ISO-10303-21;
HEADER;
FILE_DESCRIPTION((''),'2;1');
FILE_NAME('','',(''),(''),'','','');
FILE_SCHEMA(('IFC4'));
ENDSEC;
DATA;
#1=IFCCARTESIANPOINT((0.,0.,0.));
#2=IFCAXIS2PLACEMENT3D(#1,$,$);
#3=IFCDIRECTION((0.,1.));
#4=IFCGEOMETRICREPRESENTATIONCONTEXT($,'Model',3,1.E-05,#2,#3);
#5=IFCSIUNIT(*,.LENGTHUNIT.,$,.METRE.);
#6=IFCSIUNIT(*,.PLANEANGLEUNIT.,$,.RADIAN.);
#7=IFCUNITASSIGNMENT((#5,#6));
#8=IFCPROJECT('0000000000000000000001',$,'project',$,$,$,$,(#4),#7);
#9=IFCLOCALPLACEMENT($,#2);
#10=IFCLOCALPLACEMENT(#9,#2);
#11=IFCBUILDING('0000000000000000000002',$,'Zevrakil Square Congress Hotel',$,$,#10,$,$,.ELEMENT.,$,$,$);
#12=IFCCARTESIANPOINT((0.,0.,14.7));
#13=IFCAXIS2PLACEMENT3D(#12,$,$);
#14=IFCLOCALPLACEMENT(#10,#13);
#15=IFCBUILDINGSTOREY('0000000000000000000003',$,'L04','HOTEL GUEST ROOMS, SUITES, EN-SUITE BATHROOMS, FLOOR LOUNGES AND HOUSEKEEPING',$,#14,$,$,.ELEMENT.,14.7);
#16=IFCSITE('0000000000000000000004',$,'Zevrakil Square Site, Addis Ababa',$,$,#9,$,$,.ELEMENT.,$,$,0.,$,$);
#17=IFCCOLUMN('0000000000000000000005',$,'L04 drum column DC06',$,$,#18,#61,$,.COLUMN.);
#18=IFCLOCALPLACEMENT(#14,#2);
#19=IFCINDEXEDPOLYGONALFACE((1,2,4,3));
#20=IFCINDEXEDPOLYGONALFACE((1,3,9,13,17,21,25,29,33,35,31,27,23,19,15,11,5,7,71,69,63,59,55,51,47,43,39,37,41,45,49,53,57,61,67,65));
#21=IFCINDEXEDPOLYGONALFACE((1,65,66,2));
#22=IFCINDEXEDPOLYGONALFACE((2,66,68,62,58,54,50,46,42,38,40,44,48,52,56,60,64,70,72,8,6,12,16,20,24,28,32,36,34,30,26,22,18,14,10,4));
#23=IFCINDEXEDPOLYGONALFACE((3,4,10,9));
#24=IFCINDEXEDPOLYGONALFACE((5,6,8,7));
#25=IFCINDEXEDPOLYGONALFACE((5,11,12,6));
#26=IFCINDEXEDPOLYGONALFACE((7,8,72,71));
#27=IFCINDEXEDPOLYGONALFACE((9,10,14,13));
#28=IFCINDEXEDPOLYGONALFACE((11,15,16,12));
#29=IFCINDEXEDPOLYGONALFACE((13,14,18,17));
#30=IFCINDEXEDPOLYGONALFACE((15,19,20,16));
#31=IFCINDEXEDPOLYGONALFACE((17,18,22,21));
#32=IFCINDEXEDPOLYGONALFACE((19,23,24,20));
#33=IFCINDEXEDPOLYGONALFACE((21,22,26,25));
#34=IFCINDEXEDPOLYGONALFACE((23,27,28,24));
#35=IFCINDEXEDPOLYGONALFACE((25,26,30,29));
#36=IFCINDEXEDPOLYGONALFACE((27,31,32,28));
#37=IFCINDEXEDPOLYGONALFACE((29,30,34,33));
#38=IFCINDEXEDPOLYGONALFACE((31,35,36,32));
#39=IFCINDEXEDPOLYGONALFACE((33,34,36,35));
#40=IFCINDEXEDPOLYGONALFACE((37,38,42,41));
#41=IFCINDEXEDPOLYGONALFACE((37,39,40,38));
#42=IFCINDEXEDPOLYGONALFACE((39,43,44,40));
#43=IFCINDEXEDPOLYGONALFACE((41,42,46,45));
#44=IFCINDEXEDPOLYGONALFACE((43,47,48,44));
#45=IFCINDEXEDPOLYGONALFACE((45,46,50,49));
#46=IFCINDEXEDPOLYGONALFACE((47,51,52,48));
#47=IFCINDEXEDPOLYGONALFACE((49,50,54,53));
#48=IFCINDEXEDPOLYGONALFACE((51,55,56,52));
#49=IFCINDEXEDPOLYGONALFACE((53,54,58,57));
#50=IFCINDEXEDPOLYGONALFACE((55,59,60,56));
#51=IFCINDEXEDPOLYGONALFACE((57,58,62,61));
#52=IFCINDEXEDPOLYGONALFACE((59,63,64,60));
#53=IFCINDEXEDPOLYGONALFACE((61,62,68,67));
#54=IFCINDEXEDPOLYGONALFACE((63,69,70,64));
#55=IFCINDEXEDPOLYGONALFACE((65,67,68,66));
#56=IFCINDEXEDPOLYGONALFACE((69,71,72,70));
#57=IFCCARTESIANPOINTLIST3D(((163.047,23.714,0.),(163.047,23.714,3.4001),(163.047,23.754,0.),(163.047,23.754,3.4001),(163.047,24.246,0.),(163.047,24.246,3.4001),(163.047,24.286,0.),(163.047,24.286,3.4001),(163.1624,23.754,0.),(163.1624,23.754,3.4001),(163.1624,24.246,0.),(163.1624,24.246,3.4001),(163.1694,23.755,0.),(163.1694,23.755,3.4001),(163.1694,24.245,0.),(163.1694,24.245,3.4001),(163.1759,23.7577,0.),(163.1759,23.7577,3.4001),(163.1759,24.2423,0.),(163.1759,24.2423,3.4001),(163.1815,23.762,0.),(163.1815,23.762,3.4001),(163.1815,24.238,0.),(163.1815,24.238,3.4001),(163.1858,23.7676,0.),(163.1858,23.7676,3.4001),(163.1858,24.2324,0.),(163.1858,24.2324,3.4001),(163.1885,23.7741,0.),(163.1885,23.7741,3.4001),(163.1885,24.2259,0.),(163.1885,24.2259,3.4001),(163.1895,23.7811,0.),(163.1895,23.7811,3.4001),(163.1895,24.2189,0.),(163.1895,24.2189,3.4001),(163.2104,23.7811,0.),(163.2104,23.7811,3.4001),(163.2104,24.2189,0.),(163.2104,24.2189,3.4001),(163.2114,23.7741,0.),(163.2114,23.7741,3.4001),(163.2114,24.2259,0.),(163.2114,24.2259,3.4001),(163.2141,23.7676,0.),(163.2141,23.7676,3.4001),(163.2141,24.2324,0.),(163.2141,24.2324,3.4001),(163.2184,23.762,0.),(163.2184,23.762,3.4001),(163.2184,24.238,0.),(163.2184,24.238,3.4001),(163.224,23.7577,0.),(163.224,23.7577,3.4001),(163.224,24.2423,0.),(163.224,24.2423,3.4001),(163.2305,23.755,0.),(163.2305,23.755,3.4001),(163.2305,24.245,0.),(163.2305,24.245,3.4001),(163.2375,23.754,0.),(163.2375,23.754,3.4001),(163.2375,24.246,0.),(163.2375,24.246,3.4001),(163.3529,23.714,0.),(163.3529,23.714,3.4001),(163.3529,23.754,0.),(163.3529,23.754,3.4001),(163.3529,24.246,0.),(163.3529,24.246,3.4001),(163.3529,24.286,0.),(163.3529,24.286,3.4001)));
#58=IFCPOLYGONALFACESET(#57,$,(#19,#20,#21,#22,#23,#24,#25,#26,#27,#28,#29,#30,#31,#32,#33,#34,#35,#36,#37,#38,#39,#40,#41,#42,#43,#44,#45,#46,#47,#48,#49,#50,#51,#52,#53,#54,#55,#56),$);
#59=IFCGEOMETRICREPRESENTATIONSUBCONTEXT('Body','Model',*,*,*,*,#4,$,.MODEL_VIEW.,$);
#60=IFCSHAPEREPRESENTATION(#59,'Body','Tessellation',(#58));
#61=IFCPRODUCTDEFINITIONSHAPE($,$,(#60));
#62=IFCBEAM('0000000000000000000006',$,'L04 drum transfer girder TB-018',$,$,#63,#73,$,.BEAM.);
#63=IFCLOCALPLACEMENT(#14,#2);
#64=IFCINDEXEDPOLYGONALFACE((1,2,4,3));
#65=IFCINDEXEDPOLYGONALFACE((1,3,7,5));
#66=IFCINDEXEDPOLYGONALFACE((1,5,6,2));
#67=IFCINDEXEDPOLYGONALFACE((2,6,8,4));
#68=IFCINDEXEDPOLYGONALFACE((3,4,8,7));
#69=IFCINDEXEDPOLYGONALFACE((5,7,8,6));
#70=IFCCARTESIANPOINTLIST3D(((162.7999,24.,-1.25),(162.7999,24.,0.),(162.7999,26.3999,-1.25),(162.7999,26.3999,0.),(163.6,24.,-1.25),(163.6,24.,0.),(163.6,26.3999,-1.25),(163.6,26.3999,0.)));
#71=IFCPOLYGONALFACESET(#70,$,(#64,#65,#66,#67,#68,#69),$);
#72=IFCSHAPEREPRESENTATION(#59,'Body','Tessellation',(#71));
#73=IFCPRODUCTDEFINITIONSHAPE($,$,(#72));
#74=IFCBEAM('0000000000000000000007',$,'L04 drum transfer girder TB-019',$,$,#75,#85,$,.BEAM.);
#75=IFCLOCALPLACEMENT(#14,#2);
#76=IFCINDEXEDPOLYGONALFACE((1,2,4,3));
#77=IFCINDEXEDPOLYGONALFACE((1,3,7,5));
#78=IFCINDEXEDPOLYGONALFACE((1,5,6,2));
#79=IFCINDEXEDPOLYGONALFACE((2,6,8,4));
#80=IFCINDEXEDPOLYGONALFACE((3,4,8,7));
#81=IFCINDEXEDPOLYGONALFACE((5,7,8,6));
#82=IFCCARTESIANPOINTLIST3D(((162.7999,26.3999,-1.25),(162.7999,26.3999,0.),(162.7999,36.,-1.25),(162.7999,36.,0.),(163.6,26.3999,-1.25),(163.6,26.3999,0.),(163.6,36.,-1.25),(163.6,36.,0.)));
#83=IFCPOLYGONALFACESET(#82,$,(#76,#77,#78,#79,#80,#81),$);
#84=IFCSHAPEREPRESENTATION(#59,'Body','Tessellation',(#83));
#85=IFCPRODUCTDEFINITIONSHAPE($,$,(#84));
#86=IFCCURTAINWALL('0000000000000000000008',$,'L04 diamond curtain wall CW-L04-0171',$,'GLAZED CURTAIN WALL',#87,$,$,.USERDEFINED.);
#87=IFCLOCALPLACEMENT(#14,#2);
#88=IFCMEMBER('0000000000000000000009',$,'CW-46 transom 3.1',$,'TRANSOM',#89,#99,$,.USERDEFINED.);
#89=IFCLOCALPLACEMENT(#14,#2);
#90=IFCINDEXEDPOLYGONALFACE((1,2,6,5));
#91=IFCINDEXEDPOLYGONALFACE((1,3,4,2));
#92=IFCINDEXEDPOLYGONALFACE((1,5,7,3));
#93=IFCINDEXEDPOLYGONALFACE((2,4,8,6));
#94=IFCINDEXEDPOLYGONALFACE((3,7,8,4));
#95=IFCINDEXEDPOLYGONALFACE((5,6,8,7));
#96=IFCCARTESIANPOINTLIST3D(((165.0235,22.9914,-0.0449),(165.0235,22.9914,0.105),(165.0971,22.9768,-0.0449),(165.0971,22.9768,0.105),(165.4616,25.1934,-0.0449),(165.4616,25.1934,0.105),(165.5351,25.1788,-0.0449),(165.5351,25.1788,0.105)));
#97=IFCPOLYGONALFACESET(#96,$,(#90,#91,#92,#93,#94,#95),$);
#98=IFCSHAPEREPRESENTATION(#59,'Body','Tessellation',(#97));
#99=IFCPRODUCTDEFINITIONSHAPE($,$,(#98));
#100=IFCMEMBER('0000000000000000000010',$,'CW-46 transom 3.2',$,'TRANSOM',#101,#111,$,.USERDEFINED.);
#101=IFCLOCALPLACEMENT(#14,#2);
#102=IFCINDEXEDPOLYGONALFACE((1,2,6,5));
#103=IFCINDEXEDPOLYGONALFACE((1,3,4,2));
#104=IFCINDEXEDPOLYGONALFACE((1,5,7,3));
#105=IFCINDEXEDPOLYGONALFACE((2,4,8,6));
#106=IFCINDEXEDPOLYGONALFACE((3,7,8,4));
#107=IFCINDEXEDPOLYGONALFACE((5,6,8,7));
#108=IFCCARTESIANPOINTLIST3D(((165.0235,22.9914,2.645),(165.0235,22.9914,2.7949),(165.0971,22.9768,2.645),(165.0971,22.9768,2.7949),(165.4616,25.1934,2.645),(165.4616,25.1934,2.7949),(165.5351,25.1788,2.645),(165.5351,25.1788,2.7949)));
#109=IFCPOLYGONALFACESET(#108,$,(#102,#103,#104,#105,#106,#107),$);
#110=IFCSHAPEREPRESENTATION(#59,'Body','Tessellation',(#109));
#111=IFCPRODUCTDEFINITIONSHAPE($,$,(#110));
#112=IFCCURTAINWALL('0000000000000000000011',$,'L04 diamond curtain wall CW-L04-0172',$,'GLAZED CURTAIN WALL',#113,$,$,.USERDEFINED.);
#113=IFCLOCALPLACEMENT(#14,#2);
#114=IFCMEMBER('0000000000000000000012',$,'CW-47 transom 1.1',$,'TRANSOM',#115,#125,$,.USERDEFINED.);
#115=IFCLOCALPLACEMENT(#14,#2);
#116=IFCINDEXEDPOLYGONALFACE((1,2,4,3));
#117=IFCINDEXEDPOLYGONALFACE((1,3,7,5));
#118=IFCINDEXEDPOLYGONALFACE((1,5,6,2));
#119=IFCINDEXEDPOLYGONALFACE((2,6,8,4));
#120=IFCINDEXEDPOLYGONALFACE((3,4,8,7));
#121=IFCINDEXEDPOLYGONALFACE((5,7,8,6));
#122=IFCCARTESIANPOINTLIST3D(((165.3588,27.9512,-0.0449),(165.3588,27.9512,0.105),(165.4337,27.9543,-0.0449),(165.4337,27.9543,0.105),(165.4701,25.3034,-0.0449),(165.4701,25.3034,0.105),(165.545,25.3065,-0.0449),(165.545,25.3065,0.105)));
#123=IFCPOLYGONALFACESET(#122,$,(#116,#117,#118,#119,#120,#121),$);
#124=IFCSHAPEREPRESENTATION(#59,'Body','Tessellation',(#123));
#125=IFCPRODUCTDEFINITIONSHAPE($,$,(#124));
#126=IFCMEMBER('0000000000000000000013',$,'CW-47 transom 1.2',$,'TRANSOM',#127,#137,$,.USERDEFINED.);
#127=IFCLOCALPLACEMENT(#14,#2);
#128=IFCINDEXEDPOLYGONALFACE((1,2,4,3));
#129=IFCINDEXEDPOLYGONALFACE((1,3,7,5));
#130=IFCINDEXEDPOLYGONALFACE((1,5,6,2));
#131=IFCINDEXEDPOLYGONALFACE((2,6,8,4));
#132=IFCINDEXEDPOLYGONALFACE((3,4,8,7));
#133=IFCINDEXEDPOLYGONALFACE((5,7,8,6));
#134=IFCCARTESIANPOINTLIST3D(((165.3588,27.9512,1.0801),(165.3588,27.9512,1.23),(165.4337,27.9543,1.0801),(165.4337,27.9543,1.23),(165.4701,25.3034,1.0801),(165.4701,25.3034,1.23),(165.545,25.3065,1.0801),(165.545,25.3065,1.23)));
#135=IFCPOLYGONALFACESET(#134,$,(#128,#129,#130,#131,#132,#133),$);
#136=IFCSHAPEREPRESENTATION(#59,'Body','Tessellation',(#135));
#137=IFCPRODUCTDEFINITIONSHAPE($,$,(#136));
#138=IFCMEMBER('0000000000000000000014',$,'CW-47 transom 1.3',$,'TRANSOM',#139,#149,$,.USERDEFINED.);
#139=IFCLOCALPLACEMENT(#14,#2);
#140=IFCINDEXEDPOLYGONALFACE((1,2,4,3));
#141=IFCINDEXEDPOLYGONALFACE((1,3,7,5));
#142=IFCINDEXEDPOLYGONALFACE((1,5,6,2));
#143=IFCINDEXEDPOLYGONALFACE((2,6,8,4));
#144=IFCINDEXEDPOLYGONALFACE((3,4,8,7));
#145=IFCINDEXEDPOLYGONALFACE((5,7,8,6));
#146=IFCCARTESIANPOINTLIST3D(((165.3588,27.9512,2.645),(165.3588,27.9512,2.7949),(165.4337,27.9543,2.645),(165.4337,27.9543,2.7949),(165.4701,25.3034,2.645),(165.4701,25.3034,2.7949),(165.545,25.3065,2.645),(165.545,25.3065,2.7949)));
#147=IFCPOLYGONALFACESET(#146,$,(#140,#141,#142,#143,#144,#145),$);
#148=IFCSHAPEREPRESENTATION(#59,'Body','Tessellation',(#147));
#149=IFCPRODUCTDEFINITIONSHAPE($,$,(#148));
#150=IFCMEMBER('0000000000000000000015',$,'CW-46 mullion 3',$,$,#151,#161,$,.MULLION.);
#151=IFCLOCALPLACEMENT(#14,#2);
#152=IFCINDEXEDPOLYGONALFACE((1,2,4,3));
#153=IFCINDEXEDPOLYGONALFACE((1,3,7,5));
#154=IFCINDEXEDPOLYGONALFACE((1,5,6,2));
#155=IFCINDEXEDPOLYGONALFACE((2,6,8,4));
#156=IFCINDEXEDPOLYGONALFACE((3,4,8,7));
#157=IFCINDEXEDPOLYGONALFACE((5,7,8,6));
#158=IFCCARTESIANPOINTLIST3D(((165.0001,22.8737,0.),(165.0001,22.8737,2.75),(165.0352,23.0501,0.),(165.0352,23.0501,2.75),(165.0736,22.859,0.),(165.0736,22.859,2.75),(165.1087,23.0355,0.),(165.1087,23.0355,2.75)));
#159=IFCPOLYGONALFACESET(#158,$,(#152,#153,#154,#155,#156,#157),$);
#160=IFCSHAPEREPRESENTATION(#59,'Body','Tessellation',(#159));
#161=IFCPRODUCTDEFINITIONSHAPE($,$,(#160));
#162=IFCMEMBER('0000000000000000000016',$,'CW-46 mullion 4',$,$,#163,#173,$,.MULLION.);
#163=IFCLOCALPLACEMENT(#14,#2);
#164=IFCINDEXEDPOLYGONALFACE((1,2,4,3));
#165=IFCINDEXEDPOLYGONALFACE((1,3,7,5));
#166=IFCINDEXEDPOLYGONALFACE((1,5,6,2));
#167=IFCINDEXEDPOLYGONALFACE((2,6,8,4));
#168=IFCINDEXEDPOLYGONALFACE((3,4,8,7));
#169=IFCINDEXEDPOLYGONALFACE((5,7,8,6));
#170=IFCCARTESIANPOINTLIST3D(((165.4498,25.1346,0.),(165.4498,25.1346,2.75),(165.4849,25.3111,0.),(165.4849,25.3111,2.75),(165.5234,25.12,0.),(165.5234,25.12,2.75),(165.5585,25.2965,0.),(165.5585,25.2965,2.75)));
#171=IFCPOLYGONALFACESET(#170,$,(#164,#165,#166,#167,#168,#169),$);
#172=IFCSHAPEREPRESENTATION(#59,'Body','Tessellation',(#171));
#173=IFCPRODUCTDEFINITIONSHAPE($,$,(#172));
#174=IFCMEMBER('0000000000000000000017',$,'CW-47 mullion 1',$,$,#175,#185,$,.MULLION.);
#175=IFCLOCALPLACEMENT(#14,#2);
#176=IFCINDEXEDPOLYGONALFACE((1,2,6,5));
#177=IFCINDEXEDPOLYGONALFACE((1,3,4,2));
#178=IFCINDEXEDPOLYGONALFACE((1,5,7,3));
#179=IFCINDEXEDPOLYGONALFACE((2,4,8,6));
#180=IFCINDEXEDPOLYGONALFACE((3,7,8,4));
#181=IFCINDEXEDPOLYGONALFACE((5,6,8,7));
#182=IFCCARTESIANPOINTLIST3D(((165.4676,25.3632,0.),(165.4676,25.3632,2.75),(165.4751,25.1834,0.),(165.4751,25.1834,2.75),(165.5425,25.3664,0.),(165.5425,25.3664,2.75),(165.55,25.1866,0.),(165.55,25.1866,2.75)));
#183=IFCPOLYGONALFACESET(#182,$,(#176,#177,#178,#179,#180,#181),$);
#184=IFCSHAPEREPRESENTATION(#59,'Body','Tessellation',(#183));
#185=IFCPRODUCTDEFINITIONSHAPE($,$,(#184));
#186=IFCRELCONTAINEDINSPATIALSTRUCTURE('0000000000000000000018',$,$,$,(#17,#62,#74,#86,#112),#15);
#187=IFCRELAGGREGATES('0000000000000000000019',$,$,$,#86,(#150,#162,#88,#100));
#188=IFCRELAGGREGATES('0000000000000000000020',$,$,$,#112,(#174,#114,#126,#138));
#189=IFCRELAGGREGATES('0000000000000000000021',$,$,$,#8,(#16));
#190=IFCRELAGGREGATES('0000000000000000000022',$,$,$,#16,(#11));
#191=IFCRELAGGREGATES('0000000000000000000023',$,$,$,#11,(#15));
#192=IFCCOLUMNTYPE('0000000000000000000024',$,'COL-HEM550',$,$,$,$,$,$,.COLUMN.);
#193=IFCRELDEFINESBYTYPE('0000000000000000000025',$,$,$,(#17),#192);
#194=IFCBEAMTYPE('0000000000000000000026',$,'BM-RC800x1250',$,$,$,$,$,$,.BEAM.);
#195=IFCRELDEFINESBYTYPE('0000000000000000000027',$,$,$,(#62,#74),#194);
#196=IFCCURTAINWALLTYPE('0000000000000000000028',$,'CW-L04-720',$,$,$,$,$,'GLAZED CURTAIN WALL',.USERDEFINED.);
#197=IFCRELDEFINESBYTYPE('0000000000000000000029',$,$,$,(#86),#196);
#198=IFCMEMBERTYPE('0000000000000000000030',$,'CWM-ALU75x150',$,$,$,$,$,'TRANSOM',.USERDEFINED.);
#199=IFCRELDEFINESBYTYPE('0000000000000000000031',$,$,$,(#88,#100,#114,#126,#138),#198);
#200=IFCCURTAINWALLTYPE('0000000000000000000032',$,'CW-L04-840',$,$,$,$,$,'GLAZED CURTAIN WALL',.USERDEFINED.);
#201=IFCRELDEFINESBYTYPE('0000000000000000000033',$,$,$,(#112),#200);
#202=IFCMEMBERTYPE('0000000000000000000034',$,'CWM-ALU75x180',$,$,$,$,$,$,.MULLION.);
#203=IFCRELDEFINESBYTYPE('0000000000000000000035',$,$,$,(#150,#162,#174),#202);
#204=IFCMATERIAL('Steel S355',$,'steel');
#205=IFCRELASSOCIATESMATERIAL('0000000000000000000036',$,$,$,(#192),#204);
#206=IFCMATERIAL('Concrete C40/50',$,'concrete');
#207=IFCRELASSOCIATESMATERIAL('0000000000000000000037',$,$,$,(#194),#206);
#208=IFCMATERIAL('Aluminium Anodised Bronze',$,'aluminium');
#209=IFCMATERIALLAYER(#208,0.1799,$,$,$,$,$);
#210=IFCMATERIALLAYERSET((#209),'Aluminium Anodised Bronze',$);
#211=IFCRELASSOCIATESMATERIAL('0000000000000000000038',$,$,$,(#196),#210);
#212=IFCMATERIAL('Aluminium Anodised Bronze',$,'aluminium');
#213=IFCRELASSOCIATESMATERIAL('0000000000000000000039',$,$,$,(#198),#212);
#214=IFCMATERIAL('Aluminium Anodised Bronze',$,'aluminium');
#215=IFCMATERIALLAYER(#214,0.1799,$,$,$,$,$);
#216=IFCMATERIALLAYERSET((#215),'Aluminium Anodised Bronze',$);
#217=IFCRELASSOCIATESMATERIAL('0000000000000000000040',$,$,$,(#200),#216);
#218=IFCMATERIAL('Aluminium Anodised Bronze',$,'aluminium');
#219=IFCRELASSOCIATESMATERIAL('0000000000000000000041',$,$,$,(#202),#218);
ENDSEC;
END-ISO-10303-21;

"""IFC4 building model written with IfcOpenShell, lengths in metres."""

from ifc_helpers import new_model, si_unit, direction, frame, origin, origin_2d, place, context, subcontext, project, spatial, rectangle, i_section, extrude, material, layer, layer_set, material_profile, profile_set, type_object, element, aggregate, save


model = new_model("IFC4")

# Units and contexts
model_context = context("Model", 3, precision=1e-05, world=origin(), true_north=direction((0.0, 1.0)))
body_context = subcontext(model_context, "Body", "Model", "MODEL_VIEW")
ifc_project = project(units=[si_unit("LENGTHUNIT", "METRE"), si_unit("PLANEANGLEUNIT", "RADIAN")], contexts=[model_context])

# Site, building, storey
site_placement = place(None, origin())
site = spatial("IfcSite", under=ifc_project, at=site_placement, Name="Zevrakil Square Site, Addis Ababa", CompositionType="ELEMENT", RefElevation=0.0)
building_placement = place(site_placement, origin())
building = spatial("IfcBuilding", under=site, at=building_placement, Name="Zevrakil Square Congress Hotel", CompositionType="ELEMENT")
storey_placement = place(building_placement, frame((0.0, 0.0, 14.7)))
storey = spatial("IfcBuildingStorey", under=building, at=storey_placement, Name="L04", Description="HOTEL GUEST ROOMS, SUITES, EN-SUITE BATHROOMS, FLOOR LOUNGES AND HOUSEKEEPING", CompositionType="ELEMENT", Elevation=14.7)

# Column
ifc_material_1 = material(Name="Steel S355", Category="steel")
ifc_material_profile_1 = material_profile(ifc_material_1, i_section(OverallWidth=0.3059, OverallDepth=0.572, WebThickness=0.021, FlangeThickness=0.04, FilletRadius=0.0271, at=origin_2d()), Name="HEM 550")
ifc_profile_set_1 = profile_set([ifc_material_profile_1], Name="Steel S355")
column_type = type_object("IfcColumnType", Name="COL-HEM550", PredefinedType="COLUMN", material=ifc_profile_set_1)
column_placement = place(storey_placement, frame((163.2, 24.0, 0.0), z_axis=(0.0, 0.0, 1.0), x_axis=(1.0, 0.0, 0.0)))
element("IfcColumn", 1, at=column_placement, inside=storey, type_object=column_type, Name="L04 drum column DC06", PredefinedType="COLUMN", context=body_context, shape_type="SweptSolid", body=[
    extrude(i_section(OverallWidth=0.3059, OverallDepth=0.572, WebThickness=0.021, FlangeThickness=0.04, FilletRadius=0.0271, at=origin_2d()), origin(), (0.0, 0.0, 1.0), 3.4001),
])

# Beams
ifc_material_2 = material(Name="Concrete C40/50", Category="concrete")
ifc_material_profile_2 = material_profile(ifc_material_2, rectangle(XDim=0.8, YDim=1.25, at=origin_2d()), Name="RC 800x1250")
ifc_profile_set_2 = profile_set([ifc_material_profile_2], Name="Concrete C40/50")
beam_type = type_object("IfcBeamType", Name="BM-RC800x1250", PredefinedType="BEAM", material=ifc_profile_set_2)
beam_1_placement = place(storey_placement, frame((163.2, 24.0, -0.625), z_axis=(0.0, 1.0, 0.0), x_axis=(-1.0, 0.0, 0.0)))
element("IfcBeam", 2, at=beam_1_placement, inside=storey, type_object=beam_type, Name="L04 drum transfer girder TB-018", PredefinedType="BEAM", context=body_context, shape_type="SweptSolid", body=[
    extrude(rectangle(XDim=0.8, YDim=1.25, at=origin_2d()), origin(), (0.0, 0.0, 1.0), 2.3999),
])
beam_2_placement = place(storey_placement, frame((163.2, 26.3999, -0.625), z_axis=(0.0, 1.0, 0.0), x_axis=(-1.0, 0.0, 0.0)))
element("IfcBeam", 3, at=beam_2_placement, inside=storey, type_object=beam_type, Name="L04 drum transfer girder TB-019", PredefinedType="BEAM", context=body_context, shape_type="SweptSolid", body=[
    extrude(rectangle(XDim=0.8, YDim=1.25, at=origin_2d()), origin(), (0.0, 0.0, 1.0), 9.6001),
])

# Curtain walls, members
ifc_material_3 = material(Name="Aluminium Anodised Bronze", Category="aluminium")
ifc_layer_1 = layer(ifc_material_3, 0.1799)
ifc_layer_set_1 = layer_set([ifc_layer_1], Name="Aluminium Anodised Bronze")
curtain_wall_type_1 = type_object("IfcCurtainWallType", Name="CW-L04-720", ElementType="GLAZED CURTAIN WALL", PredefinedType="USERDEFINED", material=ifc_layer_set_1)
curtain_wall_1_placement = place(storey_placement, origin())
curtain_wall_1 = element("IfcCurtainWall", 4, at=curtain_wall_1_placement, inside=storey, type_object=curtain_wall_type_1, Name="L04 diamond curtain wall CW-L04-0171", ObjectType="GLAZED CURTAIN WALL", PredefinedType="USERDEFINED")
ifc_material_4 = material(Name="Aluminium Anodised Bronze", Category="aluminium")
ifc_material_profile_3 = material_profile(ifc_material_4, rectangle(XDim=0.075, YDim=0.1499, at=origin_2d()), Name="ALU 75x150")
ifc_profile_set_3 = profile_set([ifc_material_profile_3], Name="Aluminium Anodised Bronze")
member_type_1 = type_object("IfcMemberType", Name="CWM-ALU75x150", ElementType="TRANSOM", PredefinedType="USERDEFINED", material=ifc_profile_set_3)
member_1_placement = place(storey_placement, frame((165.0603, 22.9841, 0.03), z_axis=(0.195091, 0.980785, 0.0), x_axis=(-0.980785, 0.195091, 0.0)))
member_1 = element("IfcMember", 5, at=member_1_placement, type_object=member_type_1, Name="CW-46 transom 3.1", ObjectType="TRANSOM", PredefinedType="USERDEFINED", context=body_context, shape_type="SweptSolid", body=[
    extrude(rectangle(XDim=0.075, YDim=0.1499, at=origin_2d()), origin(), (0.0, 0.0, 1.0), 2.2451),
])
member_2_placement = place(storey_placement, frame((165.0603, 22.9841, 2.72), z_axis=(0.195091, 0.980785, 0.0), x_axis=(-0.980785, 0.195091, 0.0)))
member_2 = element("IfcMember", 6, at=member_2_placement, type_object=member_type_1, Name="CW-46 transom 3.2", ObjectType="TRANSOM", PredefinedType="USERDEFINED", context=body_context, shape_type="SweptSolid", body=[
    extrude(rectangle(XDim=0.075, YDim=0.1499, at=origin_2d()), origin(), (0.0, 0.0, 1.0), 2.2451),
])
ifc_material_5 = material(Name="Aluminium Anodised Bronze", Category="aluminium")
ifc_layer_2 = layer(ifc_material_5, 0.1799)
ifc_layer_set_2 = layer_set([ifc_layer_2], Name="Aluminium Anodised Bronze")
curtain_wall_type_2 = type_object("IfcCurtainWallType", Name="CW-L04-840", ElementType="GLAZED CURTAIN WALL", PredefinedType="USERDEFINED", material=ifc_layer_set_2)
curtain_wall_2_placement = place(storey_placement, origin())
curtain_wall_2 = element("IfcCurtainWall", 7, at=curtain_wall_2_placement, inside=storey, type_object=curtain_wall_type_2, Name="L04 diamond curtain wall CW-L04-0172", ObjectType="GLAZED CURTAIN WALL", PredefinedType="USERDEFINED")
member_3_placement = place(storey_placement, frame((165.5076, 25.3049, 0.03), z_axis=(-0.04201, 0.999117, 0.0), x_axis=(-0.999117, -0.04201, 0.0)))
member_3 = element("IfcMember", 8, at=member_3_placement, type_object=member_type_1, Name="CW-47 transom 1.1", ObjectType="TRANSOM", PredefinedType="USERDEFINED", context=body_context, shape_type="SweptSolid", body=[
    extrude(rectangle(XDim=0.075, YDim=0.1499, at=origin_2d()), origin(), (0.0, 0.0, 1.0), 2.6501),
])
member_4_placement = place(storey_placement, frame((165.5076, 25.3049, 1.155), z_axis=(-0.04201, 0.999117, 0.0), x_axis=(-0.999117, -0.04201, 0.0)))
member_4 = element("IfcMember", 9, at=member_4_placement, type_object=member_type_1, Name="CW-47 transom 1.2", ObjectType="TRANSOM", PredefinedType="USERDEFINED", context=body_context, shape_type="SweptSolid", body=[
    extrude(rectangle(XDim=0.075, YDim=0.1499, at=origin_2d()), origin(), (0.0, 0.0, 1.0), 2.6501),
])
member_5_placement = place(storey_placement, frame((165.5076, 25.3049, 2.72), z_axis=(-0.04201, 0.999117, 0.0), x_axis=(-0.999117, -0.04201, 0.0)))
member_5 = element("IfcMember", 10, at=member_5_placement, type_object=member_type_1, Name="CW-47 transom 1.3", ObjectType="TRANSOM", PredefinedType="USERDEFINED", context=body_context, shape_type="SweptSolid", body=[
    extrude(rectangle(XDim=0.075, YDim=0.1499, at=origin_2d()), origin(), (0.0, 0.0, 1.0), 2.6501),
])

# Members
ifc_material_6 = material(Name="Aluminium Anodised Bronze", Category="aluminium")
ifc_material_profile_4 = material_profile(ifc_material_6, rectangle(XDim=0.075, YDim=0.1799, at=origin_2d()), Name="ALU 75x180")
ifc_profile_set_4 = profile_set([ifc_material_profile_4], Name="Aluminium Anodised Bronze")
member_type_2 = type_object("IfcMemberType", Name="CWM-ALU75x180", PredefinedType="MULLION", material=ifc_profile_set_4)
member_6_placement = place(storey_placement, frame((165.0544, 22.9546, 0.0), z_axis=(0.0, 0.0, 1.0), x_axis=(-0.980787, 0.195084, 0.0)))
member_6 = element("IfcMember", 11, at=member_6_placement, type_object=member_type_2, Name="CW-46 mullion 3", PredefinedType="MULLION", context=body_context, shape_type="SweptSolid", body=[
    extrude(rectangle(XDim=0.075, YDim=0.1799, at=origin_2d()), origin(), (0.0, 0.0, 1.0), 2.75),
])
member_7_placement = place(storey_placement, frame((165.5042, 25.2156, 0.0), z_axis=(0.0, 0.0, 1.0), x_axis=(-0.980787, 0.195084, 0.0)))
member_7 = element("IfcMember", 12, at=member_7_placement, type_object=member_type_2, Name="CW-46 mullion 4", PredefinedType="MULLION", context=body_context, shape_type="SweptSolid", body=[
    extrude(rectangle(XDim=0.075, YDim=0.1799, at=origin_2d()), origin(), (0.0, 0.0, 1.0), 2.75),
])
member_8_placement = place(storey_placement, frame((165.5088, 25.2749, 0.0), z_axis=(0.0, 0.0, 1.0), x_axis=(-0.999119, -0.041971, 0.0)))
member_8 = element("IfcMember", 13, at=member_8_placement, type_object=member_type_2, Name="CW-47 mullion 1", PredefinedType="MULLION", context=body_context, shape_type="SweptSolid", body=[
    extrude(rectangle(XDim=0.075, YDim=0.1799, at=origin_2d()), origin(), (0.0, 0.0, 1.0), 2.75),
])

aggregate(curtain_wall_1, [member_6, member_7, member_1, member_2])
aggregate(curtain_wall_2, [member_8, member_3, member_4, member_5])

save(model, "model.ifc")
